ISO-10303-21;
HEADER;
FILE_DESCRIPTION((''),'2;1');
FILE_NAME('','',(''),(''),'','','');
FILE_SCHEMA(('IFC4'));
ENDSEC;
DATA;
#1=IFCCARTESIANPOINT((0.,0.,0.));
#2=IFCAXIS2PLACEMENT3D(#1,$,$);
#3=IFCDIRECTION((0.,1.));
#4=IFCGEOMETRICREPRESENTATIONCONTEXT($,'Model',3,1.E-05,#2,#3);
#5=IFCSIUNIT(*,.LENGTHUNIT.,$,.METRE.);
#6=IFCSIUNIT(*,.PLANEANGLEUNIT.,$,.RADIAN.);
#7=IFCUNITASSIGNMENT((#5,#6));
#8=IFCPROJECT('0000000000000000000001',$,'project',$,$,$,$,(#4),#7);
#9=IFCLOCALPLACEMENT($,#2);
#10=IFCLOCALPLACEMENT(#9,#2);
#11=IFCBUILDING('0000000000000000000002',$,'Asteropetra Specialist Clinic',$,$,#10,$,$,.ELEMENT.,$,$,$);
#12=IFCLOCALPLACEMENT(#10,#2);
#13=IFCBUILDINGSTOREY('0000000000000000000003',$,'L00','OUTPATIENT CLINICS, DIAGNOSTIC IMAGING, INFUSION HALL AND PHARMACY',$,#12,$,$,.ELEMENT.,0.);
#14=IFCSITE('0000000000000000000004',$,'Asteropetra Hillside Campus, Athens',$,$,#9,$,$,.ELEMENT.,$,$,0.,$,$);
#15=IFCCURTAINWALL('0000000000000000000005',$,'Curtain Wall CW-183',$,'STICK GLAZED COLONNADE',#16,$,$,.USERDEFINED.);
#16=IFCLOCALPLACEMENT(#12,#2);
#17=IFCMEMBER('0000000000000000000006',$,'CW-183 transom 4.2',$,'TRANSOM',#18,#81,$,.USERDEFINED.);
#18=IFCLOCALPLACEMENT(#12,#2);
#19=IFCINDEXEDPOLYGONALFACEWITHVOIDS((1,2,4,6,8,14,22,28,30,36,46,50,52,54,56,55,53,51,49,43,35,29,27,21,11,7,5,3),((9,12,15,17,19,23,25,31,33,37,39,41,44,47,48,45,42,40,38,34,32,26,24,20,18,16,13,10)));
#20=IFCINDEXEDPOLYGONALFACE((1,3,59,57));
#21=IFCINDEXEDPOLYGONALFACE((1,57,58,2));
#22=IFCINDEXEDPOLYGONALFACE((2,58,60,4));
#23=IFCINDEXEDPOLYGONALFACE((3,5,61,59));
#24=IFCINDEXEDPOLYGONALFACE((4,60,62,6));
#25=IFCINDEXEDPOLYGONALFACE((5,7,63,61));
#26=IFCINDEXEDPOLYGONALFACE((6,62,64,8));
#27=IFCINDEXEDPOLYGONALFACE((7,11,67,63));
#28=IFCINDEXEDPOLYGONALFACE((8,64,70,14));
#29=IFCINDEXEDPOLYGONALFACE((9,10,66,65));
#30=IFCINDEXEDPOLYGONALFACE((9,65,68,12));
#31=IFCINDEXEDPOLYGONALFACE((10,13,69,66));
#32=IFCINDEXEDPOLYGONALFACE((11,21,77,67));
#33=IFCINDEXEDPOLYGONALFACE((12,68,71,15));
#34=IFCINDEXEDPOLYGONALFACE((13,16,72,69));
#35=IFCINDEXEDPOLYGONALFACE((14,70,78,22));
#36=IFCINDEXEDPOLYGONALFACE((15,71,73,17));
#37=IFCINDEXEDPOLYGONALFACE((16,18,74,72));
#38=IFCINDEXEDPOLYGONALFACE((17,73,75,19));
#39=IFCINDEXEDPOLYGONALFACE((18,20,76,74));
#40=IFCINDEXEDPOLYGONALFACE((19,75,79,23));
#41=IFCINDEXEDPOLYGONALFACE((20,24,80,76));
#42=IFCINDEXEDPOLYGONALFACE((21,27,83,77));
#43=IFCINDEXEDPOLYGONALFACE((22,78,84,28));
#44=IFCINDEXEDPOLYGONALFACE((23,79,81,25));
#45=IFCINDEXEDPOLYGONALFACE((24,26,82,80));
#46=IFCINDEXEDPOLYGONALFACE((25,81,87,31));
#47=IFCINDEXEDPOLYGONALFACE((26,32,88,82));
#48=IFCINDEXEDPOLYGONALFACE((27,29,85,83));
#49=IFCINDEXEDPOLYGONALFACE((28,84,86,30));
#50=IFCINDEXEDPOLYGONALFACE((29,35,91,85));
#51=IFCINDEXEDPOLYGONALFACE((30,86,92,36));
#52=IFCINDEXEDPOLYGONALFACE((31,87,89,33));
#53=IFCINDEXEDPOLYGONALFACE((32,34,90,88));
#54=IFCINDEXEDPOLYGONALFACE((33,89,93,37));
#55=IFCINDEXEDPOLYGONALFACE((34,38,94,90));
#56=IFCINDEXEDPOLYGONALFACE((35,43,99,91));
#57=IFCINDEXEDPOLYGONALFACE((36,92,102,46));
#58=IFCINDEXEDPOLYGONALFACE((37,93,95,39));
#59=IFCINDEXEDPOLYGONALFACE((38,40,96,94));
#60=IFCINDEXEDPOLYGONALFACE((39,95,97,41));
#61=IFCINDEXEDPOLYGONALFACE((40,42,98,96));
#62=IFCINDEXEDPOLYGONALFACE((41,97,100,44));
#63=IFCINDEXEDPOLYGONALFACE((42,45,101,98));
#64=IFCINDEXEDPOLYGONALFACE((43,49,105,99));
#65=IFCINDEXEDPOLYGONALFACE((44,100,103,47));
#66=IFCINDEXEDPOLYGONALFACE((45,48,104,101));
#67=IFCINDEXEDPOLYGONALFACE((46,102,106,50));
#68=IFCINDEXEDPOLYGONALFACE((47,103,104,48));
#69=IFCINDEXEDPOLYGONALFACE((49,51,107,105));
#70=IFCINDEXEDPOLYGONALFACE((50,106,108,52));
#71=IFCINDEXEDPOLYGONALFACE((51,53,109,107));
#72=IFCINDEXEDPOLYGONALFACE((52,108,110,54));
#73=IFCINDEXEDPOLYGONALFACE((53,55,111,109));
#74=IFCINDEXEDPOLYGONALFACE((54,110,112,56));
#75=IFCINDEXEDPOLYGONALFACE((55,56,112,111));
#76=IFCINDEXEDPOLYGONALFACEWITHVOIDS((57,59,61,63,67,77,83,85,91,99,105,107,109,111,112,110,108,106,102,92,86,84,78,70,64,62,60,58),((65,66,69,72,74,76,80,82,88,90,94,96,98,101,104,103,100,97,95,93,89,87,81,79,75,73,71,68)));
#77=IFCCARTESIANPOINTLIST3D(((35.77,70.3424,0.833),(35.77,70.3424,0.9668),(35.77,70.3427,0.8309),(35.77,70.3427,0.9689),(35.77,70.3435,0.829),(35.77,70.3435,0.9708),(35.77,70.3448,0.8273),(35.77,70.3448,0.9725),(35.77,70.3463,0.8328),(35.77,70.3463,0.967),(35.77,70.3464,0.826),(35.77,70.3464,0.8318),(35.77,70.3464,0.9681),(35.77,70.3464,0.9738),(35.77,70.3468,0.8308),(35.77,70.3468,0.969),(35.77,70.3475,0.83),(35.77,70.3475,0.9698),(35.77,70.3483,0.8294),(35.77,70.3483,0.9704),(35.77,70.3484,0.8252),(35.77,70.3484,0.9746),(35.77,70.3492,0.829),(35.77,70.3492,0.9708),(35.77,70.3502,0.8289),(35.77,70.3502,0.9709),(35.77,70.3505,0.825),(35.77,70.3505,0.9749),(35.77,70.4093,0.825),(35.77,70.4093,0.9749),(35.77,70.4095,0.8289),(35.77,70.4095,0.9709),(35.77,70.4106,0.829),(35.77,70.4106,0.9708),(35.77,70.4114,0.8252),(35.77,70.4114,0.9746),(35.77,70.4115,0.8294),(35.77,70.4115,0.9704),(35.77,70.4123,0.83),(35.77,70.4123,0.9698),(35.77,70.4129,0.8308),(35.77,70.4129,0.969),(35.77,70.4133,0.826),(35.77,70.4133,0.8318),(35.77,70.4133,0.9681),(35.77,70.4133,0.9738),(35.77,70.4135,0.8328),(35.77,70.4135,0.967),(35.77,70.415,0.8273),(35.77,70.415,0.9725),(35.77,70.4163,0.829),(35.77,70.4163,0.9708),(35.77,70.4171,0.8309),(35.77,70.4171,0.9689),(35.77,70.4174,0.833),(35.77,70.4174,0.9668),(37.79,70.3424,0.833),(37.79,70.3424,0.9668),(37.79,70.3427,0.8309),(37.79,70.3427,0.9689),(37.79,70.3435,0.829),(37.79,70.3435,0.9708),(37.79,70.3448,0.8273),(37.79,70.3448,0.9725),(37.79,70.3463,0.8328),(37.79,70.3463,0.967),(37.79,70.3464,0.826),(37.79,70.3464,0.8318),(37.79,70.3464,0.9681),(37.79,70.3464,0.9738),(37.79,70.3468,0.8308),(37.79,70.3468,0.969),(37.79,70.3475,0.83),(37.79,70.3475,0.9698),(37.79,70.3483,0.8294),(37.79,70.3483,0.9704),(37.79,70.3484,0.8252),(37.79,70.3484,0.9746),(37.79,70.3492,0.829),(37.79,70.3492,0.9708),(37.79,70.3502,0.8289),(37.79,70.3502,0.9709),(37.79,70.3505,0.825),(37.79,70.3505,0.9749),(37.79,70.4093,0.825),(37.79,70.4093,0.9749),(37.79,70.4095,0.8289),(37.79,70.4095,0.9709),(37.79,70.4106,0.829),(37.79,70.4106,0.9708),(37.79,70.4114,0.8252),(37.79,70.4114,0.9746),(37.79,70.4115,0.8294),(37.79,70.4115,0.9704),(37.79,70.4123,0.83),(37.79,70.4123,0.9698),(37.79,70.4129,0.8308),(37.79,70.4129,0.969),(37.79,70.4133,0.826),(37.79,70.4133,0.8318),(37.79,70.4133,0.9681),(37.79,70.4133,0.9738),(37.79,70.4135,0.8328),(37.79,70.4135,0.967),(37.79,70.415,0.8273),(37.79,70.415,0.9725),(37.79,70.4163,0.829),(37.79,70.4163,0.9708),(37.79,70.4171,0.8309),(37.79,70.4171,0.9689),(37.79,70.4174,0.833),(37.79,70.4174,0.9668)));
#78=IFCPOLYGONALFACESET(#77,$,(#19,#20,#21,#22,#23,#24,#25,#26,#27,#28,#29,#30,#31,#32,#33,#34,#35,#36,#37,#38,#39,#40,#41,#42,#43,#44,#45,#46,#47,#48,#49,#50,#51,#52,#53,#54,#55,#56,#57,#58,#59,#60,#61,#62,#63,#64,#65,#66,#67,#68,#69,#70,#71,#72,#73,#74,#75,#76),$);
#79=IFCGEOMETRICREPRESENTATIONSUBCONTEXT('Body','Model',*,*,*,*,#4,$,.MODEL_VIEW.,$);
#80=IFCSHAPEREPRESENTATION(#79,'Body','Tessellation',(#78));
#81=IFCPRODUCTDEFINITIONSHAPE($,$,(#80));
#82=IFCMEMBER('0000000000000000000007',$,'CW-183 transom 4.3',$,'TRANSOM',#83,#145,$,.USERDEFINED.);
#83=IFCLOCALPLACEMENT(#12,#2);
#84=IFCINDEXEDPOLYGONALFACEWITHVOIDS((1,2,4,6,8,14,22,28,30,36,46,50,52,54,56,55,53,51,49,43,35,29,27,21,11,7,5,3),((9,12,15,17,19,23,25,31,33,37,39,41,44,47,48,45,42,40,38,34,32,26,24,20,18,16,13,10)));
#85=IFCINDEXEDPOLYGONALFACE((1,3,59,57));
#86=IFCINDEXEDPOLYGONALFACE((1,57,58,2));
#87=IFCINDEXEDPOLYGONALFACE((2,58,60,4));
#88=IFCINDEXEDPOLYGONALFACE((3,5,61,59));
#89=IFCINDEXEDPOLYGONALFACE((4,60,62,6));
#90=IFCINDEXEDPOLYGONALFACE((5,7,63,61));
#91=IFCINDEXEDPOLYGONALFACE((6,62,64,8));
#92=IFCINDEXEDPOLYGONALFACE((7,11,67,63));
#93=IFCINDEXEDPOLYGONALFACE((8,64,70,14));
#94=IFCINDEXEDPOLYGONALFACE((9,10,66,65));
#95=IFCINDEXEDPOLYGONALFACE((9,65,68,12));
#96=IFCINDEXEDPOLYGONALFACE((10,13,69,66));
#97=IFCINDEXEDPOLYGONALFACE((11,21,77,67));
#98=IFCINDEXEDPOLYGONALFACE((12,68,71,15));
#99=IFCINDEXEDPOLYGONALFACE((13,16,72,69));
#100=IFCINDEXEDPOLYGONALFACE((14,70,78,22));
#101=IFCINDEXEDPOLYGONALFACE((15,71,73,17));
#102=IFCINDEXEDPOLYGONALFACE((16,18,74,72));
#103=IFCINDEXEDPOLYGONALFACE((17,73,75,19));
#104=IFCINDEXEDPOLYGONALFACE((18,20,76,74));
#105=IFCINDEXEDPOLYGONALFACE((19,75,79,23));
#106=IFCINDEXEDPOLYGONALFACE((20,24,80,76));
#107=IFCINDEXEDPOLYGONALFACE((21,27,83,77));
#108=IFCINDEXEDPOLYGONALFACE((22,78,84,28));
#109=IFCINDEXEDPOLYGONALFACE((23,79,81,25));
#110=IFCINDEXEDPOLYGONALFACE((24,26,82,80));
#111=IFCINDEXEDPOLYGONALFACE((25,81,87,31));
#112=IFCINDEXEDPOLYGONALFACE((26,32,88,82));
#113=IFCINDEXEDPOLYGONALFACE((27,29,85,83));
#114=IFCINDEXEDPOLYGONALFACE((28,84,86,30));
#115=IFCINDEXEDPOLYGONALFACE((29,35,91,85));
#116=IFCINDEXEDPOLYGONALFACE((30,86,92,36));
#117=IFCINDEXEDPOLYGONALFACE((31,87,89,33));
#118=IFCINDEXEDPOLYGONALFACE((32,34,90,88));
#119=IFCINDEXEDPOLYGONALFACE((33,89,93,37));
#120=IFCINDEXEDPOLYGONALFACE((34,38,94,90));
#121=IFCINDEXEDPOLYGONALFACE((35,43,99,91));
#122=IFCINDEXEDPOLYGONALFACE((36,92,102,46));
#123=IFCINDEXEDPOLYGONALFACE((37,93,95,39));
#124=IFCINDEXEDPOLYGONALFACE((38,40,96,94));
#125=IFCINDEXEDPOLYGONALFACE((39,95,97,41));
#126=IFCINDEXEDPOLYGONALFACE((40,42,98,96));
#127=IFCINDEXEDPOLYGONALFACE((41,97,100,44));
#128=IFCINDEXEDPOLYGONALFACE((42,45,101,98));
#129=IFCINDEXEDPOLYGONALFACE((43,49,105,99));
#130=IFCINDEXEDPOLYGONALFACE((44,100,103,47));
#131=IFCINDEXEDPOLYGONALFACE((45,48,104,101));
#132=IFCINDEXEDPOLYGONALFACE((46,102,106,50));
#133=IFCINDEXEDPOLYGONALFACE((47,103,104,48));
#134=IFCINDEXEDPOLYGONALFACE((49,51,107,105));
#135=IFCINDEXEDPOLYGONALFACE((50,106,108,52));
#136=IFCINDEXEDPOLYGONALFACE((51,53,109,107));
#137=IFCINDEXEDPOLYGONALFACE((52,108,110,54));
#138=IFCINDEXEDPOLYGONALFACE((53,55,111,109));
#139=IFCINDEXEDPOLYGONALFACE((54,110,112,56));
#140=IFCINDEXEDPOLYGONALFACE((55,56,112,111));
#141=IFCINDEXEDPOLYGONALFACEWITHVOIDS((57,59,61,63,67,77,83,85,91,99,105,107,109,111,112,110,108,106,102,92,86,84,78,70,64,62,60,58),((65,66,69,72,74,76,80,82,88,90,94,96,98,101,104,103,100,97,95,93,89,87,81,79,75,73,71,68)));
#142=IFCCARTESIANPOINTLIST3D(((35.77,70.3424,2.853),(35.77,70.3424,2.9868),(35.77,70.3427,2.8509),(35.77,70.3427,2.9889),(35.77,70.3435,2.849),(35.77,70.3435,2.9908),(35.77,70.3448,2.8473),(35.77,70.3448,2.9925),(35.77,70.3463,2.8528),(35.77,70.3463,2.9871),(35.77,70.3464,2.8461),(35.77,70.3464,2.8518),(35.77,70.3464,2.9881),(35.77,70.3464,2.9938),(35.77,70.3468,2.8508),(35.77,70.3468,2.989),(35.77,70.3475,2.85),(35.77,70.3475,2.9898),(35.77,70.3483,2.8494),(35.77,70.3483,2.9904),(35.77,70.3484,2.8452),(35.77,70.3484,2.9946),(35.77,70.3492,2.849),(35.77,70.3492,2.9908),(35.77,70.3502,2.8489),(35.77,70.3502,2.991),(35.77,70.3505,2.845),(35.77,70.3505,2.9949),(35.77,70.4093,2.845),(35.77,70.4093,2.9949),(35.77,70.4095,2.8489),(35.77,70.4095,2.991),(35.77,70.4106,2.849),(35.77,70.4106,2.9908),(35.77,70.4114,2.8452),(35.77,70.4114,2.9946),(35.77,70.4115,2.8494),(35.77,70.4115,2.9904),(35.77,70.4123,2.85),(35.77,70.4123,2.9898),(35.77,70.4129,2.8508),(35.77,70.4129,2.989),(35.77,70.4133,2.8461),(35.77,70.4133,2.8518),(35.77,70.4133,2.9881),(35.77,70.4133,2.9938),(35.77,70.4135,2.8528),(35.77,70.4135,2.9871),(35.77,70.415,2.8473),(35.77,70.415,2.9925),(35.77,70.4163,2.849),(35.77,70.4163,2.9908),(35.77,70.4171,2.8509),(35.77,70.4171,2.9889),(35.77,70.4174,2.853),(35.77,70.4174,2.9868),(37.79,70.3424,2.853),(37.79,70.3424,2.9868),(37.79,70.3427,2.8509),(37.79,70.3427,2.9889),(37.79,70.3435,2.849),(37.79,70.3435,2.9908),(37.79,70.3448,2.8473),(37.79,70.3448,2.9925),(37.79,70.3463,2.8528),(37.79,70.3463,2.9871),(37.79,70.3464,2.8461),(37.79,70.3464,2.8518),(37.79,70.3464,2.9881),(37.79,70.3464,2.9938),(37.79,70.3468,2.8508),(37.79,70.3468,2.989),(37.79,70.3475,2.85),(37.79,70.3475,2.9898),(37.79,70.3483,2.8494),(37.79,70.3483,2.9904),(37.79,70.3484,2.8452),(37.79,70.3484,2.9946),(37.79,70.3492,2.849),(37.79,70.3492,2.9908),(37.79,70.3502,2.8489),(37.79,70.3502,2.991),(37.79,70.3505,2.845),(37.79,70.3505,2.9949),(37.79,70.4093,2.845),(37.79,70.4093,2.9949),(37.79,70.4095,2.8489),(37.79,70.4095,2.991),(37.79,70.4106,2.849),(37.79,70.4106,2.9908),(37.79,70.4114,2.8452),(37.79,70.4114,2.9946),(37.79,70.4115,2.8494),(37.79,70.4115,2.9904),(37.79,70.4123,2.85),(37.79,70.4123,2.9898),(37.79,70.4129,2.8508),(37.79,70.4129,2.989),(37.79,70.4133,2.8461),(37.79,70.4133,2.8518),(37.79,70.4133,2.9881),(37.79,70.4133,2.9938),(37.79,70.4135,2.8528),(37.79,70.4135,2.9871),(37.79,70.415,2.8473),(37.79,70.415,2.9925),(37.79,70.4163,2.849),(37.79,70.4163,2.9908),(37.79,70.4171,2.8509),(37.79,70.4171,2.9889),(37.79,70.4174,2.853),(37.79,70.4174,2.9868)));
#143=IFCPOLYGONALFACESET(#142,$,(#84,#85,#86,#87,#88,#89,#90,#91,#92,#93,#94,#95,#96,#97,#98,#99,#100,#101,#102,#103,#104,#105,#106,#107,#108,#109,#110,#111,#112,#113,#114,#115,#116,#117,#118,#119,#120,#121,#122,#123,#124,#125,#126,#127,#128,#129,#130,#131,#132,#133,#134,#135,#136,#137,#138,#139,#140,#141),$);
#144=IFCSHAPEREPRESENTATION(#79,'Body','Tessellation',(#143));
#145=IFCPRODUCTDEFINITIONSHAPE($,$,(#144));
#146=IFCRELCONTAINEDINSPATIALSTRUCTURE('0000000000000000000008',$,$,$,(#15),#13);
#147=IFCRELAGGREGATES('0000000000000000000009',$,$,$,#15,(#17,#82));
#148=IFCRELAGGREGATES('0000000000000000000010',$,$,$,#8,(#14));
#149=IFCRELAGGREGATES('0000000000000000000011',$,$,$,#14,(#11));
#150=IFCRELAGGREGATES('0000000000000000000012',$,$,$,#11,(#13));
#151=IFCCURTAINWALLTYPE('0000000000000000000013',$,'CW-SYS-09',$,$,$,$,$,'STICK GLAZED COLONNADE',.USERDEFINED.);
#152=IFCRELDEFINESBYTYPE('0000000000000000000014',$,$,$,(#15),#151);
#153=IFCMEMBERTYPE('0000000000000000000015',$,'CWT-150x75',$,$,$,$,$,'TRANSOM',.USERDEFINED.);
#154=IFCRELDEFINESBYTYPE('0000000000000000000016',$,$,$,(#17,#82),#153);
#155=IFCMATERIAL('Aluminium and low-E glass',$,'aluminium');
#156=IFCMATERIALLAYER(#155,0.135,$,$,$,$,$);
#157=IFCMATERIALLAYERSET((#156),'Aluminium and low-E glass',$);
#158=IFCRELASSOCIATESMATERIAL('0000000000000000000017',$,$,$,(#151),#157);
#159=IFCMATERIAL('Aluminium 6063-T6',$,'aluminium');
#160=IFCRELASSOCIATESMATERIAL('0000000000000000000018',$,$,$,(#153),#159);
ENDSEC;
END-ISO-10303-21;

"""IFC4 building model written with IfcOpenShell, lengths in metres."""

from ifc_helpers import new_model, si_unit, direction, frame, origin, origin_2d, place, context, subcontext, project, spatial, hollow_rectangle, extrude, material, layer, layer_set, material_profile, profile_set, type_object, element, aggregate, save


model = new_model("IFC4")

# Units and contexts
model_context = context("Model", 3, precision=1e-05, world=origin(), true_north=direction((0.0, 1.0)))
body_context = subcontext(model_context, "Body", "Model", "MODEL_VIEW")
ifc_project = project(units=[si_unit("LENGTHUNIT", "METRE"), si_unit("PLANEANGLEUNIT", "RADIAN")], contexts=[model_context])

# Site, building, storey
site_placement = place(None, origin())
site = spatial("IfcSite", under=ifc_project, at=site_placement, Name="Asteropetra Hillside Campus, Athens", CompositionType="ELEMENT", RefElevation=0.0)
building_placement = place(site_placement, origin())
building = spatial("IfcBuilding", under=site, at=building_placement, Name="Asteropetra Specialist Clinic", CompositionType="ELEMENT")
storey_placement = place(building_placement, origin())
storey = spatial("IfcBuildingStorey", under=building, at=storey_placement, Name="L00", Description="OUTPATIENT CLINICS, DIAGNOSTIC IMAGING, INFUSION HALL AND PHARMACY", CompositionType="ELEMENT", Elevation=0.0)

# Curtain wall, members
ifc_material_1 = material(Name="Aluminium and low-E glass", Category="aluminium")
ifc_layer_1 = layer(ifc_material_1, 0.135)
ifc_layer_set_1 = layer_set([ifc_layer_1], Name="Aluminium and low-E glass")
curtain_wall_type = type_object("IfcCurtainWallType", Name="CW-SYS-09", ElementType="STICK GLAZED COLONNADE", PredefinedType="USERDEFINED", material=ifc_layer_set_1)
curtain_wall_placement = place(storey_placement, origin())
curtain_wall = element("IfcCurtainWall", 1, at=curtain_wall_placement, inside=storey, type_object=curtain_wall_type, Name="Curtain Wall CW-183", ObjectType="STICK GLAZED COLONNADE", PredefinedType="USERDEFINED")
ifc_material_2 = material(Name="Aluminium 6063-T6", Category="aluminium")
ifc_material_profile_1 = material_profile(ifc_material_2, hollow_rectangle(XDim=0.075, YDim=0.1499, WallThickness=0.0039, InnerFilletRadius=0.0039, OuterFilletRadius=0.0081, at=origin_2d()), Name="TRN 150x75x4.0")
ifc_profile_set_1 = profile_set([ifc_material_profile_1], Name="Aluminium 6063-T6")
member_type_1 = type_object("IfcMemberType", Name="CWT-150x75", ElementType="TRANSOM", PredefinedType="USERDEFINED", material=ifc_profile_set_1)
member_1_placement = place(storey_placement, frame((35.77, 70.3799, 0.8999), z_axis=(1.0, 0.0, 0.0), x_axis=(0.0, 1.0, 0.0)))
member_1 = element("IfcMember", 2, at=member_1_placement, type_object=member_type_1, Name="CW-183 transom 4.2", ObjectType="TRANSOM", PredefinedType="USERDEFINED", context=body_context, shape_type="SweptSolid", body=[
    extrude(hollow_rectangle(XDim=0.075, YDim=0.1499, WallThickness=0.0039, InnerFilletRadius=0.0039, OuterFilletRadius=0.0081, at=origin_2d()), origin(), (0.0, 0.0, 1.0), 2.02),
])
member_2_placement = place(storey_placement, frame((35.77, 70.3799, 2.9199), z_axis=(1.0, 0.0, 0.0), x_axis=(0.0, 1.0, 0.0)))
member_2 = element("IfcMember", 3, at=member_2_placement, type_object=member_type_1, Name="CW-183 transom 4.3", ObjectType="TRANSOM", PredefinedType="USERDEFINED", context=body_context, shape_type="SweptSolid", body=[
    extrude(hollow_rectangle(XDim=0.075, YDim=0.1499, WallThickness=0.0039, InnerFilletRadius=0.0039, OuterFilletRadius=0.0081, at=origin_2d()), origin(), (0.0, 0.0, 1.0), 2.02),
])
aggregate(curtain_wall, [member_1, member_2])

save(model, "model.ifc")
